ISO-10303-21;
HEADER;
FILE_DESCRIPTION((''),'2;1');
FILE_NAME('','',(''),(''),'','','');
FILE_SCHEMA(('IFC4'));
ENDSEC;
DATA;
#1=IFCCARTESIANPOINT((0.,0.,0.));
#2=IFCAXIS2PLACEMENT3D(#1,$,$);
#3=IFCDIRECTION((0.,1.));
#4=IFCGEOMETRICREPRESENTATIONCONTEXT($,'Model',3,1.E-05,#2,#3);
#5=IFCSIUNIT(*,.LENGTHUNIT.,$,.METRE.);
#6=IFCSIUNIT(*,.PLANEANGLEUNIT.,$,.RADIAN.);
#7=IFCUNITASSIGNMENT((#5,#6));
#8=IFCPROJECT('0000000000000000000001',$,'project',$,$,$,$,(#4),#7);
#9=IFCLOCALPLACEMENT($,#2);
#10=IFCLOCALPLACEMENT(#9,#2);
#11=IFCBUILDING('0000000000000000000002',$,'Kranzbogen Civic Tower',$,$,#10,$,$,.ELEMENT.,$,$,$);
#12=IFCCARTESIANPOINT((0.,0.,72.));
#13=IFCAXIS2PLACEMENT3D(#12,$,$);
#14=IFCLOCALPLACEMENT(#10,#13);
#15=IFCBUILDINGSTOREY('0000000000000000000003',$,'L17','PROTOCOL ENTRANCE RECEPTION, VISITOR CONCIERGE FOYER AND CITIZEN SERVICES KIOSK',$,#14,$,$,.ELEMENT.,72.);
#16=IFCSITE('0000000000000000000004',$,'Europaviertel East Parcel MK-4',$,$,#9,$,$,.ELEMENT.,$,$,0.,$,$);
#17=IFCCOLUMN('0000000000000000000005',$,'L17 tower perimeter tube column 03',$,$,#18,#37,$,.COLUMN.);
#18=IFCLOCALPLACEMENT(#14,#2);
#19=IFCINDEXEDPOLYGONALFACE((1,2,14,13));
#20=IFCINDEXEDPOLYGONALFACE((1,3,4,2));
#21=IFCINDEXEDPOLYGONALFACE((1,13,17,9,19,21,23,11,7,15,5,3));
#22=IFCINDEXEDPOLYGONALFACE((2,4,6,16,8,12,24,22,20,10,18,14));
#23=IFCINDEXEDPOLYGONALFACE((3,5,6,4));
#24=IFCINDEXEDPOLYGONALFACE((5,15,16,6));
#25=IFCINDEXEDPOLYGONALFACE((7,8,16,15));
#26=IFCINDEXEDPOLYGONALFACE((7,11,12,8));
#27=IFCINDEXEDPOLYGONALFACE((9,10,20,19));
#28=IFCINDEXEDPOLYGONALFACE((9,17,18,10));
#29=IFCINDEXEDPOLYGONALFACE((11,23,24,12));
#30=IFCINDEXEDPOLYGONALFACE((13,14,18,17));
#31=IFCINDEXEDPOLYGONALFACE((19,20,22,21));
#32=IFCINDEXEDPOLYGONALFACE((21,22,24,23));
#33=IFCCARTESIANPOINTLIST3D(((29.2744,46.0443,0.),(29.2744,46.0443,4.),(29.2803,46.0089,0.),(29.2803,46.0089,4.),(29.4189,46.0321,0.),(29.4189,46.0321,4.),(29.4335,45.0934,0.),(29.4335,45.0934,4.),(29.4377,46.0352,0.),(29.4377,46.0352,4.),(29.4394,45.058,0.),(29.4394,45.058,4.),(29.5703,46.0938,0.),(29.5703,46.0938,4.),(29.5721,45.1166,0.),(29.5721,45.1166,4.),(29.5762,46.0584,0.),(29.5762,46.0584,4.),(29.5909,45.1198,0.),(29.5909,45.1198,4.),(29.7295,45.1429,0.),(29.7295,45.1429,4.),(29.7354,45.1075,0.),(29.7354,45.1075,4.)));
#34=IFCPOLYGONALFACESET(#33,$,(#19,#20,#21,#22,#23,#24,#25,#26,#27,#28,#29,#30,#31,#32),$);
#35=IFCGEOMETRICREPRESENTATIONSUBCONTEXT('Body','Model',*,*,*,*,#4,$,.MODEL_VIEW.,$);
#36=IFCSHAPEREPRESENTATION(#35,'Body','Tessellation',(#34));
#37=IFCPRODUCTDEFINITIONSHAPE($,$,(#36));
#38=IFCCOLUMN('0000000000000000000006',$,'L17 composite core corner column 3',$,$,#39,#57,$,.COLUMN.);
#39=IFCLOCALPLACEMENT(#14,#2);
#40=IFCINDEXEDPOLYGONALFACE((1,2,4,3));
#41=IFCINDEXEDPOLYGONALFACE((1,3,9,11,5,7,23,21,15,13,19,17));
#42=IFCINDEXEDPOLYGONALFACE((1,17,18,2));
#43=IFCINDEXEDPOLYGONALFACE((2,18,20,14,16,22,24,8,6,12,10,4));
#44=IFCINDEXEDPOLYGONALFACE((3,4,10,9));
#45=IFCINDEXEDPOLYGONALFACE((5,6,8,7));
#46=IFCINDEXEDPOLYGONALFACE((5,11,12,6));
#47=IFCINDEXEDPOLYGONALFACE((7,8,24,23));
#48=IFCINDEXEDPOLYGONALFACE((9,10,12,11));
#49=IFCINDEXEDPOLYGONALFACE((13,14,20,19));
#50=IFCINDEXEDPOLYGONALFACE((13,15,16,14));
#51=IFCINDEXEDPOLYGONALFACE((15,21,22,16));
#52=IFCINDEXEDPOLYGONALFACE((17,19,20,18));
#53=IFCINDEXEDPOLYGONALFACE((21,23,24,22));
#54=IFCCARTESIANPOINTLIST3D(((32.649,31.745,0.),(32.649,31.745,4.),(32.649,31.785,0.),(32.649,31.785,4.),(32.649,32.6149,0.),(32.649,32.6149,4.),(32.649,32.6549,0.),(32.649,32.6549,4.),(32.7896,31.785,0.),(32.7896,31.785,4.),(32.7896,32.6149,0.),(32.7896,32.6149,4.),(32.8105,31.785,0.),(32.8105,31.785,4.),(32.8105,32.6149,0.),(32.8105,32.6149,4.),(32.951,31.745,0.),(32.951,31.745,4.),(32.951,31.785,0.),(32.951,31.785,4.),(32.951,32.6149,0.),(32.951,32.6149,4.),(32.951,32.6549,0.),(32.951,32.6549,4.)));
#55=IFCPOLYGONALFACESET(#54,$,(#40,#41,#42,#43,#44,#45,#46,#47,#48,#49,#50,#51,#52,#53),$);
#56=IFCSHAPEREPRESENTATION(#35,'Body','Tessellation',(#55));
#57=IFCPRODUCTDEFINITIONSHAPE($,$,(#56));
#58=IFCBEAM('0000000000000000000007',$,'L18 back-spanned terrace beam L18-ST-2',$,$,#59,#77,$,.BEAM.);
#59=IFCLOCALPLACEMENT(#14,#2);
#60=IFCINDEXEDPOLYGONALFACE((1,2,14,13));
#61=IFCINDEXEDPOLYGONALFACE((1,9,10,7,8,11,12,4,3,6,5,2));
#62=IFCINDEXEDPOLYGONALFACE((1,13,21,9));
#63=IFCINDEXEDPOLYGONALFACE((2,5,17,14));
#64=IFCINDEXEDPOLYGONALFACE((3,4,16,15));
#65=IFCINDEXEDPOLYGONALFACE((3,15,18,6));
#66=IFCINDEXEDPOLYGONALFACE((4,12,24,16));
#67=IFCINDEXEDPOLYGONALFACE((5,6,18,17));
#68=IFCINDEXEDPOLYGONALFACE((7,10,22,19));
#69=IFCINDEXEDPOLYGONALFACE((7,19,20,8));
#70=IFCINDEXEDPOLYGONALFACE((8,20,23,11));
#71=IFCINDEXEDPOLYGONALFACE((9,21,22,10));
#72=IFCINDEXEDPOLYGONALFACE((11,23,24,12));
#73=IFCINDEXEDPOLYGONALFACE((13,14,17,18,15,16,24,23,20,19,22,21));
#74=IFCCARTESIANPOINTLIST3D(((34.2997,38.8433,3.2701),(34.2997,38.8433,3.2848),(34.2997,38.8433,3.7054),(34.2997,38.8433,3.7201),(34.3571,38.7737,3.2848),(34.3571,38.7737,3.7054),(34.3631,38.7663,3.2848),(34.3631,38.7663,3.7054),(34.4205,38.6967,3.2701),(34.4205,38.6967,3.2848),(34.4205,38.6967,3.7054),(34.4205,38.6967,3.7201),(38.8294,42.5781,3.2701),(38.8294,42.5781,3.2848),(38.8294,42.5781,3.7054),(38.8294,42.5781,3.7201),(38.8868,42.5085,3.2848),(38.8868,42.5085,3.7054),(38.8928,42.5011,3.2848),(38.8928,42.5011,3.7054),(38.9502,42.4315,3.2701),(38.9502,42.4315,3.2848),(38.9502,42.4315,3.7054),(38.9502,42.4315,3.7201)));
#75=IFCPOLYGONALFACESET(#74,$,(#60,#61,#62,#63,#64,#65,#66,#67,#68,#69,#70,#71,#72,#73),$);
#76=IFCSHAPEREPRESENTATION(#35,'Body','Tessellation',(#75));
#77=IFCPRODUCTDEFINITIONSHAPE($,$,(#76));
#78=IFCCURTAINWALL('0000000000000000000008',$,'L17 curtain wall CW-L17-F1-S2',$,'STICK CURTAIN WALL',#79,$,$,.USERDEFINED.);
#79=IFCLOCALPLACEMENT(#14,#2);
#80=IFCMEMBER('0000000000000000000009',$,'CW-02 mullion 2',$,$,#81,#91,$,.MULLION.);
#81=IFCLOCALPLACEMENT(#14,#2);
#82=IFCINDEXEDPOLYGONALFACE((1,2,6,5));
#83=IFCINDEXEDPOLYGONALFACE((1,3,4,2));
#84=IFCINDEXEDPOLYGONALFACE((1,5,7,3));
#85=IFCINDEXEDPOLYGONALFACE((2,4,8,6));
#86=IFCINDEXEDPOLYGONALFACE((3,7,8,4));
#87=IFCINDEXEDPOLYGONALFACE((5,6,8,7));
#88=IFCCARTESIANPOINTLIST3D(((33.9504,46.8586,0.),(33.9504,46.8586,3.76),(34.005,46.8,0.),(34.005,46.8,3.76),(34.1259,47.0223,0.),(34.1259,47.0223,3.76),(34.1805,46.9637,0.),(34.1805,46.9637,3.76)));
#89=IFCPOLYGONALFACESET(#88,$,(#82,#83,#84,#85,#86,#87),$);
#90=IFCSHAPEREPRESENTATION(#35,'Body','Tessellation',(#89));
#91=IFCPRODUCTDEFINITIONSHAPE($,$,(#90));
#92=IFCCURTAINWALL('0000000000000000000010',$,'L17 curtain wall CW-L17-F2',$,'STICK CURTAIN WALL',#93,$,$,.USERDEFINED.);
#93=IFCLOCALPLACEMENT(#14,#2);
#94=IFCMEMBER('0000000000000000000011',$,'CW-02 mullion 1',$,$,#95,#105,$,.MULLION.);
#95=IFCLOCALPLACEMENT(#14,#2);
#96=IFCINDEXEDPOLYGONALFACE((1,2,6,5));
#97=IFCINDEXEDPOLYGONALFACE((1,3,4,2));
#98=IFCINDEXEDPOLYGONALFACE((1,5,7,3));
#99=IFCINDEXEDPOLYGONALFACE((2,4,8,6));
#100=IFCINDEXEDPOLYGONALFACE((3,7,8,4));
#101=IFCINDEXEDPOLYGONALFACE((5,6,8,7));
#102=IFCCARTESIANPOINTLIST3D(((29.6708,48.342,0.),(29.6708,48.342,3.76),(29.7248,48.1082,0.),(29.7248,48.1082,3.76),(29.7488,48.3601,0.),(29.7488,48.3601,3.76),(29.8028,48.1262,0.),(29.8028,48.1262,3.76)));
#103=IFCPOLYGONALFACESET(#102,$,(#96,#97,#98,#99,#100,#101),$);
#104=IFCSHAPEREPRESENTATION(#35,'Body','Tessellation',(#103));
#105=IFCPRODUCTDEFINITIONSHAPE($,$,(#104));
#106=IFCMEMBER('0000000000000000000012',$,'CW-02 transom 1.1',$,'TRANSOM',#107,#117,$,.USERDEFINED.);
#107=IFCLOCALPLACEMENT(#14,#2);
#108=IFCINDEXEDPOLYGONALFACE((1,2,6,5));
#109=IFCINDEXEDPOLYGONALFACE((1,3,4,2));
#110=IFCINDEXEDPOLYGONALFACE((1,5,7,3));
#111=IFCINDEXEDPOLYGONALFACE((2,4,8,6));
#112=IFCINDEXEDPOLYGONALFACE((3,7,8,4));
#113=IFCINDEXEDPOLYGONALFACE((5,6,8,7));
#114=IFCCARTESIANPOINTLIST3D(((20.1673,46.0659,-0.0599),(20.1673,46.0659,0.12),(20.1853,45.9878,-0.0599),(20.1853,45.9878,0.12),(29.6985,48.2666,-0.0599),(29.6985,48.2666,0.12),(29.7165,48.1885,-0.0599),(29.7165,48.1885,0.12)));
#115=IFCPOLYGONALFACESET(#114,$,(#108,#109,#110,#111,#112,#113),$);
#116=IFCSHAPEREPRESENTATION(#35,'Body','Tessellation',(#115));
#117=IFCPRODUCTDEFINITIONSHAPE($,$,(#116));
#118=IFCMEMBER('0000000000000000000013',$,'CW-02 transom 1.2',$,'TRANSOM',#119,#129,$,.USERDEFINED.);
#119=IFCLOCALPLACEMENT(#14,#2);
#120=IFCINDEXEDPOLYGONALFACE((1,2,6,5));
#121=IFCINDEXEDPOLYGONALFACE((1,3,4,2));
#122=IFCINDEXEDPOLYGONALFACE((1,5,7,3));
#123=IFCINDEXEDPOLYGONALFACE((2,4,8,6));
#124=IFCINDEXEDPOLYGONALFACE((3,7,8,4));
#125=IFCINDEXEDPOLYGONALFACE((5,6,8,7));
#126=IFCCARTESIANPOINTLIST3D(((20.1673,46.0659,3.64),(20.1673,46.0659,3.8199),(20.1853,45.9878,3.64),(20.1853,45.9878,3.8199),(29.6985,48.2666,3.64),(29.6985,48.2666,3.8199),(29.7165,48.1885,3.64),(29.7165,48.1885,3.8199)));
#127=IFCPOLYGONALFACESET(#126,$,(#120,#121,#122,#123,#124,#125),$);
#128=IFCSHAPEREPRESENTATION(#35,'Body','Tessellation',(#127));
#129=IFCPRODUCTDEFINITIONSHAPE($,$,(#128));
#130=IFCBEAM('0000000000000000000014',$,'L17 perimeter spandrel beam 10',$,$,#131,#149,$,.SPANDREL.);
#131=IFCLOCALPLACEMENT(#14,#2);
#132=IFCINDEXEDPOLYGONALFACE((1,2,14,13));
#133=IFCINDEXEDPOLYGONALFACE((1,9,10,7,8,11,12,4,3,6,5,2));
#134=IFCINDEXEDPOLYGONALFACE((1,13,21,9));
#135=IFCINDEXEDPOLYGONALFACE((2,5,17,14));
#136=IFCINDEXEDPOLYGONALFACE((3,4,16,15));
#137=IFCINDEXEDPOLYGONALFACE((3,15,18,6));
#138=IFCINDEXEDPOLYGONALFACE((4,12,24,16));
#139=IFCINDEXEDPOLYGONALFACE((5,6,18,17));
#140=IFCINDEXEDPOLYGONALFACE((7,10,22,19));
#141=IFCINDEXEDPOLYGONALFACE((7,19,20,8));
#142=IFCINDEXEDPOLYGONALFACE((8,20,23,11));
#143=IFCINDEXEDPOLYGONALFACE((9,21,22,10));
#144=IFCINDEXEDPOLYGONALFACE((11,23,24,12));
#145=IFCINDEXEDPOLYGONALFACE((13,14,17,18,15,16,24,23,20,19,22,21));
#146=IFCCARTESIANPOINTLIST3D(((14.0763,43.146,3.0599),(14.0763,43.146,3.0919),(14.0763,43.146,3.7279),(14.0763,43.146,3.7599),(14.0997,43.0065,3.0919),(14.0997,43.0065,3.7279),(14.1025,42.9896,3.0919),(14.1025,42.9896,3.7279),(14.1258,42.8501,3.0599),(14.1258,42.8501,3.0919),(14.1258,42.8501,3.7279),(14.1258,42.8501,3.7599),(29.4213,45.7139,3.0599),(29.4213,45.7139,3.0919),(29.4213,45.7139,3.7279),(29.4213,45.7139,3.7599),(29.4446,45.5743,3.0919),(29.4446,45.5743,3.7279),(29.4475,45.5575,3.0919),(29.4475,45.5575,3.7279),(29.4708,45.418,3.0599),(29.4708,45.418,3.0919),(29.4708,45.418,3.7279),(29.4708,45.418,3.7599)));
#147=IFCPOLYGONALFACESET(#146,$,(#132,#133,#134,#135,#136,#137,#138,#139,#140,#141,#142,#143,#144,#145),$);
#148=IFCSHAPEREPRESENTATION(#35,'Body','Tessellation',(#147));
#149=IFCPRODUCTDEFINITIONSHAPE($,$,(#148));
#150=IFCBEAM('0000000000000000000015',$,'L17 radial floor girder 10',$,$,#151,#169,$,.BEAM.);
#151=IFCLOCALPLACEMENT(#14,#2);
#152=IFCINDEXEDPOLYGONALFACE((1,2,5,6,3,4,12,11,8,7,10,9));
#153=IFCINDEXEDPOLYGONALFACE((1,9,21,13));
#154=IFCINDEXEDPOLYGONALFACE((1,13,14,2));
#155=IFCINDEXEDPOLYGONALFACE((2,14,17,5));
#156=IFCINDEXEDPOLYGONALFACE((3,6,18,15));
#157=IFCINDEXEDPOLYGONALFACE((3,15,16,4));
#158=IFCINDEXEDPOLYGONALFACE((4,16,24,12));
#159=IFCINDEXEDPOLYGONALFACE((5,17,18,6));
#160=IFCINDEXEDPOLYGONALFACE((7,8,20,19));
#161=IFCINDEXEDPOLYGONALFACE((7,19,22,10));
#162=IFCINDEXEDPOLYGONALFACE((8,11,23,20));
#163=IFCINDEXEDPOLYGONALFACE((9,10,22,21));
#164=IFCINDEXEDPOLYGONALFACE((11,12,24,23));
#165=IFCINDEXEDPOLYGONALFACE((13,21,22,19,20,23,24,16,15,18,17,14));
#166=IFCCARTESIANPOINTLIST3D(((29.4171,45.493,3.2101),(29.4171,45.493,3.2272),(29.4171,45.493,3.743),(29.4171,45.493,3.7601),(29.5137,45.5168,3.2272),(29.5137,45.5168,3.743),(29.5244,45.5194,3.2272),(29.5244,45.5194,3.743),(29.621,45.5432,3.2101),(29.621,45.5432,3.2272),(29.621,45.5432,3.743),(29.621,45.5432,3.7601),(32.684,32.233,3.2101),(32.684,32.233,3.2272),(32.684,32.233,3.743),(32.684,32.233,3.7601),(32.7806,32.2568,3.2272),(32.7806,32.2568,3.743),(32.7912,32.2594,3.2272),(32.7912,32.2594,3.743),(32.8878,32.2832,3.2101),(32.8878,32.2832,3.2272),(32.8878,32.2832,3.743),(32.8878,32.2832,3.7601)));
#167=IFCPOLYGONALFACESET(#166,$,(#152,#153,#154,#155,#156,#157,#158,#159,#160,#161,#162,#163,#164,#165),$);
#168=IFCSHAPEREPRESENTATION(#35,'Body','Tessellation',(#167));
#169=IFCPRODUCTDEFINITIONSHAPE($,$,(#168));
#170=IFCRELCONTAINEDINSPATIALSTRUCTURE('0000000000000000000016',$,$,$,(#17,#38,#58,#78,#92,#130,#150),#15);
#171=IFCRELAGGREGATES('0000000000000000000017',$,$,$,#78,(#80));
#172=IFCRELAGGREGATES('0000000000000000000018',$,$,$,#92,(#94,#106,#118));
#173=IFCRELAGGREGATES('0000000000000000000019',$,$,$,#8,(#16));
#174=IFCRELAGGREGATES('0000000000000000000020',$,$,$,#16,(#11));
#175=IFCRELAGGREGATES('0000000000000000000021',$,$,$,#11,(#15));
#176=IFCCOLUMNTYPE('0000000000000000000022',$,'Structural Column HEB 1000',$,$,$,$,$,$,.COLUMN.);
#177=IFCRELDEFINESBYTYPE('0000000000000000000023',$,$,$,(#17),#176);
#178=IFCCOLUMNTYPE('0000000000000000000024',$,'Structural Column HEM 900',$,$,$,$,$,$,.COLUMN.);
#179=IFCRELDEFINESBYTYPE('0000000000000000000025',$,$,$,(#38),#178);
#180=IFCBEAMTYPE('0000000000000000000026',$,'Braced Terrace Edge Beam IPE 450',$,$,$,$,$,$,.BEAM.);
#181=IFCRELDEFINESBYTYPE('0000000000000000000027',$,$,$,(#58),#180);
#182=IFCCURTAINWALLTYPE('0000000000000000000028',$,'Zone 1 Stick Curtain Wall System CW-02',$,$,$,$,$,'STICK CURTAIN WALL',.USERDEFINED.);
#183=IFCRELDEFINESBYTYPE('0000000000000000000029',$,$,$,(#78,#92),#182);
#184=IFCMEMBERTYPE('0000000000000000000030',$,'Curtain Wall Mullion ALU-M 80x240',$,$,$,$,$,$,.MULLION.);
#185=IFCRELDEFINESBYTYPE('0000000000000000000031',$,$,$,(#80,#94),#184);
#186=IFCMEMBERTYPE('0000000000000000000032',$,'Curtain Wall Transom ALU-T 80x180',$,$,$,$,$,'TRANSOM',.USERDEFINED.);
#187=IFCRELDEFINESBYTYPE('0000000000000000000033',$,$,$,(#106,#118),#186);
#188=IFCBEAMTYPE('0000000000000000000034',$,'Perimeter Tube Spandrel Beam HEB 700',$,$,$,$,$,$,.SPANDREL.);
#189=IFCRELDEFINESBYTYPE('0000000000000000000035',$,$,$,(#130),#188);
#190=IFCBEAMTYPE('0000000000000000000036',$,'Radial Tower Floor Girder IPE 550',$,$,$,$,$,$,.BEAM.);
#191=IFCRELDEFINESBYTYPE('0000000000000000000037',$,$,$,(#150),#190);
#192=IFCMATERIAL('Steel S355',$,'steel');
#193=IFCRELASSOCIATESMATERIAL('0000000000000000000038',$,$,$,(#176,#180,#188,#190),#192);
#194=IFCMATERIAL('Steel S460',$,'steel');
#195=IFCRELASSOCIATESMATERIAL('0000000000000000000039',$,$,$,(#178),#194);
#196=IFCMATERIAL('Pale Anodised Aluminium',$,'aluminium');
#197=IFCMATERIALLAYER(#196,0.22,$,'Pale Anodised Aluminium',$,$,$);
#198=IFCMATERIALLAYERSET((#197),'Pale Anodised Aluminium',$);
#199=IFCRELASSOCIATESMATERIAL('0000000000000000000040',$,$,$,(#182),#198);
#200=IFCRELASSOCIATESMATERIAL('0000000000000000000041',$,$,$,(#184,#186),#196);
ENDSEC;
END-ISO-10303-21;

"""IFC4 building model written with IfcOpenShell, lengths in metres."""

from ifc_helpers import new_model, si_unit, direction, frame, origin, origin_2d, place, context, subcontext, project, spatial, rectangle, i_section, extrude, material, layer, layer_set, material_profile, profile_set, type_object, element, aggregate, save


model = new_model("IFC4")

# Units and contexts
model_context = context("Model", 3, precision=1e-05, world=origin(), true_north=direction((0.0, 1.0)))
body_context = subcontext(model_context, "Body", "Model", "MODEL_VIEW")
ifc_project = project(units=[si_unit("LENGTHUNIT", "METRE"), si_unit("PLANEANGLEUNIT", "RADIAN")], contexts=[model_context])

# Site, building, storey
site_placement = place(None, origin())
site = spatial("IfcSite", under=ifc_project, at=site_placement, Name="Europaviertel East Parcel MK-4", CompositionType="ELEMENT", RefElevation=0.0)
building_placement = place(site_placement, origin())
building = spatial("IfcBuilding", under=site, at=building_placement, Name="Kranzbogen Civic Tower", CompositionType="ELEMENT")
storey_placement = place(building_placement, frame((0.0, 0.0, 72.0)))
storey = spatial("IfcBuildingStorey", under=building, at=storey_placement, Name="L17", Description="PROTOCOL ENTRANCE RECEPTION, VISITOR CONCIERGE FOYER AND CITIZEN SERVICES KIOSK", CompositionType="ELEMENT", Elevation=72.0)

# Columns
ifc_material_1 = material(Name="Steel S355", Category="steel")
ifc_material_profile_1 = material_profile(ifc_material_1, i_section(OverallWidth=0.3, OverallDepth=1.0, WebThickness=0.019, FlangeThickness=0.0359, at=origin_2d()), Name="HEB 1000")
ifc_profile_set_1 = profile_set([ifc_material_profile_1], Name="Steel S355")
column_type_1 = type_object("IfcColumnType", Name="Structural Column HEB 1000", PredefinedType="COLUMN", material=ifc_profile_set_1)
column_1_placement = place(storey_placement, frame((29.5049, 45.5759, 0.0), z_axis=(0.0, 0.0, 1.0), x_axis=(0.986286, 0.165048, 0.0)))
element("IfcColumn", 1, at=column_1_placement, inside=storey, type_object=column_type_1, Name="L17 tower perimeter tube column 03", PredefinedType="COLUMN", context=body_context, shape_type="SweptSolid", body=[
    extrude(i_section(OverallWidth=0.3, OverallDepth=1.0, WebThickness=0.019, FlangeThickness=0.0359, at=origin_2d()), origin(), (0.0, 0.0, 1.0), 4.0),
])
ifc_material_2 = material(Name="Steel S460", Category="steel")
ifc_material_profile_2 = material_profile(ifc_material_2, i_section(OverallWidth=0.302, OverallDepth=0.9099, WebThickness=0.021, FlangeThickness=0.04, at=origin_2d()), Name="HEM 900")
ifc_profile_set_2 = profile_set([ifc_material_profile_2], Name="Steel S460")
column_type_2 = type_object("IfcColumnType", Name="Structural Column HEM 900", PredefinedType="COLUMN", material=ifc_profile_set_2)
column_2_placement = place(storey_placement, frame((32.8, 32.2, 0.0), z_axis=(0.0, 0.0, 1.0), x_axis=(1.0, 0.0, 0.0)))
element("IfcColumn", 2, at=column_2_placement, inside=storey, type_object=column_type_2, Name="L17 composite core corner column 3", PredefinedType="COLUMN", context=body_context, shape_type="SweptSolid", body=[
    extrude(i_section(OverallWidth=0.302, OverallDepth=0.9099, WebThickness=0.021, FlangeThickness=0.04, at=origin_2d()), origin(), (0.0, 0.0, 1.0), 4.0),
])

# Beam
ifc_material_profile_3 = material_profile(ifc_material_1, i_section(OverallWidth=0.1899, OverallDepth=0.45, WebThickness=0.0095, FlangeThickness=0.0146, at=origin_2d()), Name="IPE 450")
ifc_profile_set_3 = profile_set([ifc_material_profile_3], Name="Steel S355")
beam_type_1 = type_object("IfcBeamType", Name="Braced Terrace Edge Beam IPE 450", PredefinedType="BEAM", material=ifc_profile_set_3)
beam_1_placement = place(storey_placement, frame((34.3601, 38.77, 3.4951), z_axis=(0.771558, 0.636159, 0.0), x_axis=(-0.636159, 0.771558, 0.0)))
element("IfcBeam", 3, at=beam_1_placement, inside=storey, type_object=beam_type_1, Name="L18 back-spanned terrace beam L18-ST-2", PredefinedType="BEAM", context=body_context, shape_type="SweptSolid", body=[
    extrude(i_section(OverallWidth=0.1899, OverallDepth=0.45, WebThickness=0.0095, FlangeThickness=0.0146, at=origin_2d()), origin(), (0.0, 0.0, 1.0), 5.8708),
])

# Curtain wall, member
ifc_material_3 = material(Name="Pale Anodised Aluminium", Category="aluminium")
ifc_layer_1 = layer(ifc_material_3, 0.22, Name="Pale Anodised Aluminium")
ifc_layer_set_1 = layer_set([ifc_layer_1], Name="Pale Anodised Aluminium")
curtain_wall_type = type_object("IfcCurtainWallType", Name="Zone 1 Stick Curtain Wall System CW-02", ElementType="STICK CURTAIN WALL", PredefinedType="USERDEFINED", material=ifc_layer_set_1)
curtain_wall_1_placement = place(storey_placement, origin())
curtain_wall_1 = element("IfcCurtainWall", 4, at=curtain_wall_1_placement, inside=storey, type_object=curtain_wall_type, Name="L17 curtain wall CW-L17-F1-S2", ObjectType="STICK CURTAIN WALL", PredefinedType="USERDEFINED")
ifc_material_profile_4 = material_profile(ifc_material_3, rectangle(XDim=0.0801, YDim=0.24, at=origin_2d()), Name="ALU-M 80x240")
ifc_profile_set_4 = profile_set([ifc_material_profile_4], Name="Pale Anodised Aluminium")
member_type_1 = type_object("IfcMemberType", Name="Curtain Wall Mullion ALU-M 80x240", PredefinedType="MULLION", material=ifc_profile_set_4)
member_1_placement = place(storey_placement, frame((34.0654, 46.9111, 0.0), z_axis=(0.0, 0.0, 1.0), x_axis=(-0.681998, 0.731354, 0.0)))
member_1 = element("IfcMember", 5, at=member_1_placement, type_object=member_type_1, Name="CW-02 mullion 2", PredefinedType="MULLION", context=body_context, shape_type="SweptSolid", body=[
    extrude(rectangle(XDim=0.0801, YDim=0.24, at=origin_2d()), origin(), (0.0, 0.0, 1.0), 3.76),
])
aggregate(curtain_wall_1, [member_1])

# Curtain wall, members
curtain_wall_2_placement = place(storey_placement, origin())
curtain_wall_2 = element("IfcCurtainWall", 6, at=curtain_wall_2_placement, inside=storey, type_object=curtain_wall_type, Name="L17 curtain wall CW-L17-F2", ObjectType="STICK CURTAIN WALL", PredefinedType="USERDEFINED")
member_2_placement = place(storey_placement, frame((29.7368, 48.2341, 0.0), z_axis=(0.0, 0.0, 1.0), x_axis=(-0.974364, -0.224978, 0.0)))
member_2 = element("IfcMember", 7, at=member_2_placement, type_object=member_type_1, Name="CW-02 mullion 1", PredefinedType="MULLION", context=body_context, shape_type="SweptSolid", body=[
    extrude(rectangle(XDim=0.0801, YDim=0.24, at=origin_2d()), origin(), (0.0, 0.0, 1.0), 3.76),
])
ifc_material_profile_5 = material_profile(ifc_material_3, rectangle(XDim=0.0801, YDim=0.1799, at=origin_2d()), Name="ALU-T 80x180")
ifc_profile_set_5 = profile_set([ifc_material_profile_5], Name="Pale Anodised Aluminium")
member_type_2 = type_object("IfcMemberType", Name="Curtain Wall Transom ALU-T 80x180", ElementType="TRANSOM", PredefinedType="USERDEFINED", material=ifc_profile_set_5)
member_3_placement = place(storey_placement, frame((29.7075, 48.2275, 0.03), z_axis=(-0.974365, -0.224973, 0.0), x_axis=(0.224973, -0.974365, 0.0)))
member_3 = element("IfcMember", 8, at=member_3_placement, type_object=member_type_2, Name="CW-02 transom 1.1", ObjectType="TRANSOM", PredefinedType="USERDEFINED", context=body_context, shape_type="SweptSolid", body=[
    extrude(rectangle(XDim=0.0801, YDim=0.1799, at=origin_2d()), origin(), (0.0, 0.0, 1.0), 9.782),
])
member_4_placement = place(storey_placement, frame((29.7075, 48.2275, 3.73), z_axis=(-0.974365, -0.224973, 0.0), x_axis=(0.224973, -0.974365, 0.0)))
member_4 = element("IfcMember", 9, at=member_4_placement, type_object=member_type_2, Name="CW-02 transom 1.2", ObjectType="TRANSOM", PredefinedType="USERDEFINED", context=body_context, shape_type="SweptSolid", body=[
    extrude(rectangle(XDim=0.0801, YDim=0.1799, at=origin_2d()), origin(), (0.0, 0.0, 1.0), 9.782),
])

# Beams
ifc_material_profile_6 = material_profile(ifc_material_1, i_section(OverallWidth=0.3, OverallDepth=0.7, WebThickness=0.0171, FlangeThickness=0.032, at=origin_2d()), Name="HEB 700")
ifc_profile_set_6 = profile_set([ifc_material_profile_6], Name="Steel S355")
beam_type_2 = type_object("IfcBeamType", Name="Perimeter Tube Spandrel Beam HEB 700", PredefinedType="SPANDREL", material=ifc_profile_set_6)
beam_2_placement = place(storey_placement, frame((29.446, 45.5659, 3.4099), z_axis=(-0.986286, -0.165048, 0.0), x_axis=(0.165048, -0.986286, 0.0)))
element("IfcBeam", 10, at=beam_2_placement, inside=storey, type_object=beam_type_2, Name="L17 perimeter spandrel beam 10", PredefinedType="SPANDREL", context=body_context, shape_type="SweptSolid", body=[
    extrude(i_section(OverallWidth=0.3, OverallDepth=0.7, WebThickness=0.0171, FlangeThickness=0.032, at=origin_2d()), origin(), (0.0, 0.0, 1.0), 15.5583),
])
ifc_material_profile_7 = material_profile(ifc_material_1, i_section(OverallWidth=0.21, OverallDepth=0.55, WebThickness=0.011, FlangeThickness=0.0171, at=origin_2d()), Name="IPE 550")
ifc_profile_set_7 = profile_set([ifc_material_profile_7], Name="Steel S355")
beam_type_3 = type_object("IfcBeamType", Name="Radial Tower Floor Girder IPE 550", PredefinedType="BEAM", material=ifc_profile_set_7)
beam_3_placement = place(storey_placement, frame((29.519, 45.5181, 3.4851), z_axis=(0.239215, -0.970967, 0.0), x_axis=(0.970967, 0.239215, 0.0)))
element("IfcBeam", 11, at=beam_3_placement, inside=storey, type_object=beam_type_3, Name="L17 radial floor girder 10", PredefinedType="BEAM", context=body_context, shape_type="SweptSolid", body=[
    extrude(i_section(OverallWidth=0.21, OverallDepth=0.55, WebThickness=0.011, FlangeThickness=0.0171, at=origin_2d()), origin(), (0.0, 0.0, 1.0), 13.6565),
])

aggregate(curtain_wall_2, [member_2, member_3, member_4])

save(model, "model.ifc")
